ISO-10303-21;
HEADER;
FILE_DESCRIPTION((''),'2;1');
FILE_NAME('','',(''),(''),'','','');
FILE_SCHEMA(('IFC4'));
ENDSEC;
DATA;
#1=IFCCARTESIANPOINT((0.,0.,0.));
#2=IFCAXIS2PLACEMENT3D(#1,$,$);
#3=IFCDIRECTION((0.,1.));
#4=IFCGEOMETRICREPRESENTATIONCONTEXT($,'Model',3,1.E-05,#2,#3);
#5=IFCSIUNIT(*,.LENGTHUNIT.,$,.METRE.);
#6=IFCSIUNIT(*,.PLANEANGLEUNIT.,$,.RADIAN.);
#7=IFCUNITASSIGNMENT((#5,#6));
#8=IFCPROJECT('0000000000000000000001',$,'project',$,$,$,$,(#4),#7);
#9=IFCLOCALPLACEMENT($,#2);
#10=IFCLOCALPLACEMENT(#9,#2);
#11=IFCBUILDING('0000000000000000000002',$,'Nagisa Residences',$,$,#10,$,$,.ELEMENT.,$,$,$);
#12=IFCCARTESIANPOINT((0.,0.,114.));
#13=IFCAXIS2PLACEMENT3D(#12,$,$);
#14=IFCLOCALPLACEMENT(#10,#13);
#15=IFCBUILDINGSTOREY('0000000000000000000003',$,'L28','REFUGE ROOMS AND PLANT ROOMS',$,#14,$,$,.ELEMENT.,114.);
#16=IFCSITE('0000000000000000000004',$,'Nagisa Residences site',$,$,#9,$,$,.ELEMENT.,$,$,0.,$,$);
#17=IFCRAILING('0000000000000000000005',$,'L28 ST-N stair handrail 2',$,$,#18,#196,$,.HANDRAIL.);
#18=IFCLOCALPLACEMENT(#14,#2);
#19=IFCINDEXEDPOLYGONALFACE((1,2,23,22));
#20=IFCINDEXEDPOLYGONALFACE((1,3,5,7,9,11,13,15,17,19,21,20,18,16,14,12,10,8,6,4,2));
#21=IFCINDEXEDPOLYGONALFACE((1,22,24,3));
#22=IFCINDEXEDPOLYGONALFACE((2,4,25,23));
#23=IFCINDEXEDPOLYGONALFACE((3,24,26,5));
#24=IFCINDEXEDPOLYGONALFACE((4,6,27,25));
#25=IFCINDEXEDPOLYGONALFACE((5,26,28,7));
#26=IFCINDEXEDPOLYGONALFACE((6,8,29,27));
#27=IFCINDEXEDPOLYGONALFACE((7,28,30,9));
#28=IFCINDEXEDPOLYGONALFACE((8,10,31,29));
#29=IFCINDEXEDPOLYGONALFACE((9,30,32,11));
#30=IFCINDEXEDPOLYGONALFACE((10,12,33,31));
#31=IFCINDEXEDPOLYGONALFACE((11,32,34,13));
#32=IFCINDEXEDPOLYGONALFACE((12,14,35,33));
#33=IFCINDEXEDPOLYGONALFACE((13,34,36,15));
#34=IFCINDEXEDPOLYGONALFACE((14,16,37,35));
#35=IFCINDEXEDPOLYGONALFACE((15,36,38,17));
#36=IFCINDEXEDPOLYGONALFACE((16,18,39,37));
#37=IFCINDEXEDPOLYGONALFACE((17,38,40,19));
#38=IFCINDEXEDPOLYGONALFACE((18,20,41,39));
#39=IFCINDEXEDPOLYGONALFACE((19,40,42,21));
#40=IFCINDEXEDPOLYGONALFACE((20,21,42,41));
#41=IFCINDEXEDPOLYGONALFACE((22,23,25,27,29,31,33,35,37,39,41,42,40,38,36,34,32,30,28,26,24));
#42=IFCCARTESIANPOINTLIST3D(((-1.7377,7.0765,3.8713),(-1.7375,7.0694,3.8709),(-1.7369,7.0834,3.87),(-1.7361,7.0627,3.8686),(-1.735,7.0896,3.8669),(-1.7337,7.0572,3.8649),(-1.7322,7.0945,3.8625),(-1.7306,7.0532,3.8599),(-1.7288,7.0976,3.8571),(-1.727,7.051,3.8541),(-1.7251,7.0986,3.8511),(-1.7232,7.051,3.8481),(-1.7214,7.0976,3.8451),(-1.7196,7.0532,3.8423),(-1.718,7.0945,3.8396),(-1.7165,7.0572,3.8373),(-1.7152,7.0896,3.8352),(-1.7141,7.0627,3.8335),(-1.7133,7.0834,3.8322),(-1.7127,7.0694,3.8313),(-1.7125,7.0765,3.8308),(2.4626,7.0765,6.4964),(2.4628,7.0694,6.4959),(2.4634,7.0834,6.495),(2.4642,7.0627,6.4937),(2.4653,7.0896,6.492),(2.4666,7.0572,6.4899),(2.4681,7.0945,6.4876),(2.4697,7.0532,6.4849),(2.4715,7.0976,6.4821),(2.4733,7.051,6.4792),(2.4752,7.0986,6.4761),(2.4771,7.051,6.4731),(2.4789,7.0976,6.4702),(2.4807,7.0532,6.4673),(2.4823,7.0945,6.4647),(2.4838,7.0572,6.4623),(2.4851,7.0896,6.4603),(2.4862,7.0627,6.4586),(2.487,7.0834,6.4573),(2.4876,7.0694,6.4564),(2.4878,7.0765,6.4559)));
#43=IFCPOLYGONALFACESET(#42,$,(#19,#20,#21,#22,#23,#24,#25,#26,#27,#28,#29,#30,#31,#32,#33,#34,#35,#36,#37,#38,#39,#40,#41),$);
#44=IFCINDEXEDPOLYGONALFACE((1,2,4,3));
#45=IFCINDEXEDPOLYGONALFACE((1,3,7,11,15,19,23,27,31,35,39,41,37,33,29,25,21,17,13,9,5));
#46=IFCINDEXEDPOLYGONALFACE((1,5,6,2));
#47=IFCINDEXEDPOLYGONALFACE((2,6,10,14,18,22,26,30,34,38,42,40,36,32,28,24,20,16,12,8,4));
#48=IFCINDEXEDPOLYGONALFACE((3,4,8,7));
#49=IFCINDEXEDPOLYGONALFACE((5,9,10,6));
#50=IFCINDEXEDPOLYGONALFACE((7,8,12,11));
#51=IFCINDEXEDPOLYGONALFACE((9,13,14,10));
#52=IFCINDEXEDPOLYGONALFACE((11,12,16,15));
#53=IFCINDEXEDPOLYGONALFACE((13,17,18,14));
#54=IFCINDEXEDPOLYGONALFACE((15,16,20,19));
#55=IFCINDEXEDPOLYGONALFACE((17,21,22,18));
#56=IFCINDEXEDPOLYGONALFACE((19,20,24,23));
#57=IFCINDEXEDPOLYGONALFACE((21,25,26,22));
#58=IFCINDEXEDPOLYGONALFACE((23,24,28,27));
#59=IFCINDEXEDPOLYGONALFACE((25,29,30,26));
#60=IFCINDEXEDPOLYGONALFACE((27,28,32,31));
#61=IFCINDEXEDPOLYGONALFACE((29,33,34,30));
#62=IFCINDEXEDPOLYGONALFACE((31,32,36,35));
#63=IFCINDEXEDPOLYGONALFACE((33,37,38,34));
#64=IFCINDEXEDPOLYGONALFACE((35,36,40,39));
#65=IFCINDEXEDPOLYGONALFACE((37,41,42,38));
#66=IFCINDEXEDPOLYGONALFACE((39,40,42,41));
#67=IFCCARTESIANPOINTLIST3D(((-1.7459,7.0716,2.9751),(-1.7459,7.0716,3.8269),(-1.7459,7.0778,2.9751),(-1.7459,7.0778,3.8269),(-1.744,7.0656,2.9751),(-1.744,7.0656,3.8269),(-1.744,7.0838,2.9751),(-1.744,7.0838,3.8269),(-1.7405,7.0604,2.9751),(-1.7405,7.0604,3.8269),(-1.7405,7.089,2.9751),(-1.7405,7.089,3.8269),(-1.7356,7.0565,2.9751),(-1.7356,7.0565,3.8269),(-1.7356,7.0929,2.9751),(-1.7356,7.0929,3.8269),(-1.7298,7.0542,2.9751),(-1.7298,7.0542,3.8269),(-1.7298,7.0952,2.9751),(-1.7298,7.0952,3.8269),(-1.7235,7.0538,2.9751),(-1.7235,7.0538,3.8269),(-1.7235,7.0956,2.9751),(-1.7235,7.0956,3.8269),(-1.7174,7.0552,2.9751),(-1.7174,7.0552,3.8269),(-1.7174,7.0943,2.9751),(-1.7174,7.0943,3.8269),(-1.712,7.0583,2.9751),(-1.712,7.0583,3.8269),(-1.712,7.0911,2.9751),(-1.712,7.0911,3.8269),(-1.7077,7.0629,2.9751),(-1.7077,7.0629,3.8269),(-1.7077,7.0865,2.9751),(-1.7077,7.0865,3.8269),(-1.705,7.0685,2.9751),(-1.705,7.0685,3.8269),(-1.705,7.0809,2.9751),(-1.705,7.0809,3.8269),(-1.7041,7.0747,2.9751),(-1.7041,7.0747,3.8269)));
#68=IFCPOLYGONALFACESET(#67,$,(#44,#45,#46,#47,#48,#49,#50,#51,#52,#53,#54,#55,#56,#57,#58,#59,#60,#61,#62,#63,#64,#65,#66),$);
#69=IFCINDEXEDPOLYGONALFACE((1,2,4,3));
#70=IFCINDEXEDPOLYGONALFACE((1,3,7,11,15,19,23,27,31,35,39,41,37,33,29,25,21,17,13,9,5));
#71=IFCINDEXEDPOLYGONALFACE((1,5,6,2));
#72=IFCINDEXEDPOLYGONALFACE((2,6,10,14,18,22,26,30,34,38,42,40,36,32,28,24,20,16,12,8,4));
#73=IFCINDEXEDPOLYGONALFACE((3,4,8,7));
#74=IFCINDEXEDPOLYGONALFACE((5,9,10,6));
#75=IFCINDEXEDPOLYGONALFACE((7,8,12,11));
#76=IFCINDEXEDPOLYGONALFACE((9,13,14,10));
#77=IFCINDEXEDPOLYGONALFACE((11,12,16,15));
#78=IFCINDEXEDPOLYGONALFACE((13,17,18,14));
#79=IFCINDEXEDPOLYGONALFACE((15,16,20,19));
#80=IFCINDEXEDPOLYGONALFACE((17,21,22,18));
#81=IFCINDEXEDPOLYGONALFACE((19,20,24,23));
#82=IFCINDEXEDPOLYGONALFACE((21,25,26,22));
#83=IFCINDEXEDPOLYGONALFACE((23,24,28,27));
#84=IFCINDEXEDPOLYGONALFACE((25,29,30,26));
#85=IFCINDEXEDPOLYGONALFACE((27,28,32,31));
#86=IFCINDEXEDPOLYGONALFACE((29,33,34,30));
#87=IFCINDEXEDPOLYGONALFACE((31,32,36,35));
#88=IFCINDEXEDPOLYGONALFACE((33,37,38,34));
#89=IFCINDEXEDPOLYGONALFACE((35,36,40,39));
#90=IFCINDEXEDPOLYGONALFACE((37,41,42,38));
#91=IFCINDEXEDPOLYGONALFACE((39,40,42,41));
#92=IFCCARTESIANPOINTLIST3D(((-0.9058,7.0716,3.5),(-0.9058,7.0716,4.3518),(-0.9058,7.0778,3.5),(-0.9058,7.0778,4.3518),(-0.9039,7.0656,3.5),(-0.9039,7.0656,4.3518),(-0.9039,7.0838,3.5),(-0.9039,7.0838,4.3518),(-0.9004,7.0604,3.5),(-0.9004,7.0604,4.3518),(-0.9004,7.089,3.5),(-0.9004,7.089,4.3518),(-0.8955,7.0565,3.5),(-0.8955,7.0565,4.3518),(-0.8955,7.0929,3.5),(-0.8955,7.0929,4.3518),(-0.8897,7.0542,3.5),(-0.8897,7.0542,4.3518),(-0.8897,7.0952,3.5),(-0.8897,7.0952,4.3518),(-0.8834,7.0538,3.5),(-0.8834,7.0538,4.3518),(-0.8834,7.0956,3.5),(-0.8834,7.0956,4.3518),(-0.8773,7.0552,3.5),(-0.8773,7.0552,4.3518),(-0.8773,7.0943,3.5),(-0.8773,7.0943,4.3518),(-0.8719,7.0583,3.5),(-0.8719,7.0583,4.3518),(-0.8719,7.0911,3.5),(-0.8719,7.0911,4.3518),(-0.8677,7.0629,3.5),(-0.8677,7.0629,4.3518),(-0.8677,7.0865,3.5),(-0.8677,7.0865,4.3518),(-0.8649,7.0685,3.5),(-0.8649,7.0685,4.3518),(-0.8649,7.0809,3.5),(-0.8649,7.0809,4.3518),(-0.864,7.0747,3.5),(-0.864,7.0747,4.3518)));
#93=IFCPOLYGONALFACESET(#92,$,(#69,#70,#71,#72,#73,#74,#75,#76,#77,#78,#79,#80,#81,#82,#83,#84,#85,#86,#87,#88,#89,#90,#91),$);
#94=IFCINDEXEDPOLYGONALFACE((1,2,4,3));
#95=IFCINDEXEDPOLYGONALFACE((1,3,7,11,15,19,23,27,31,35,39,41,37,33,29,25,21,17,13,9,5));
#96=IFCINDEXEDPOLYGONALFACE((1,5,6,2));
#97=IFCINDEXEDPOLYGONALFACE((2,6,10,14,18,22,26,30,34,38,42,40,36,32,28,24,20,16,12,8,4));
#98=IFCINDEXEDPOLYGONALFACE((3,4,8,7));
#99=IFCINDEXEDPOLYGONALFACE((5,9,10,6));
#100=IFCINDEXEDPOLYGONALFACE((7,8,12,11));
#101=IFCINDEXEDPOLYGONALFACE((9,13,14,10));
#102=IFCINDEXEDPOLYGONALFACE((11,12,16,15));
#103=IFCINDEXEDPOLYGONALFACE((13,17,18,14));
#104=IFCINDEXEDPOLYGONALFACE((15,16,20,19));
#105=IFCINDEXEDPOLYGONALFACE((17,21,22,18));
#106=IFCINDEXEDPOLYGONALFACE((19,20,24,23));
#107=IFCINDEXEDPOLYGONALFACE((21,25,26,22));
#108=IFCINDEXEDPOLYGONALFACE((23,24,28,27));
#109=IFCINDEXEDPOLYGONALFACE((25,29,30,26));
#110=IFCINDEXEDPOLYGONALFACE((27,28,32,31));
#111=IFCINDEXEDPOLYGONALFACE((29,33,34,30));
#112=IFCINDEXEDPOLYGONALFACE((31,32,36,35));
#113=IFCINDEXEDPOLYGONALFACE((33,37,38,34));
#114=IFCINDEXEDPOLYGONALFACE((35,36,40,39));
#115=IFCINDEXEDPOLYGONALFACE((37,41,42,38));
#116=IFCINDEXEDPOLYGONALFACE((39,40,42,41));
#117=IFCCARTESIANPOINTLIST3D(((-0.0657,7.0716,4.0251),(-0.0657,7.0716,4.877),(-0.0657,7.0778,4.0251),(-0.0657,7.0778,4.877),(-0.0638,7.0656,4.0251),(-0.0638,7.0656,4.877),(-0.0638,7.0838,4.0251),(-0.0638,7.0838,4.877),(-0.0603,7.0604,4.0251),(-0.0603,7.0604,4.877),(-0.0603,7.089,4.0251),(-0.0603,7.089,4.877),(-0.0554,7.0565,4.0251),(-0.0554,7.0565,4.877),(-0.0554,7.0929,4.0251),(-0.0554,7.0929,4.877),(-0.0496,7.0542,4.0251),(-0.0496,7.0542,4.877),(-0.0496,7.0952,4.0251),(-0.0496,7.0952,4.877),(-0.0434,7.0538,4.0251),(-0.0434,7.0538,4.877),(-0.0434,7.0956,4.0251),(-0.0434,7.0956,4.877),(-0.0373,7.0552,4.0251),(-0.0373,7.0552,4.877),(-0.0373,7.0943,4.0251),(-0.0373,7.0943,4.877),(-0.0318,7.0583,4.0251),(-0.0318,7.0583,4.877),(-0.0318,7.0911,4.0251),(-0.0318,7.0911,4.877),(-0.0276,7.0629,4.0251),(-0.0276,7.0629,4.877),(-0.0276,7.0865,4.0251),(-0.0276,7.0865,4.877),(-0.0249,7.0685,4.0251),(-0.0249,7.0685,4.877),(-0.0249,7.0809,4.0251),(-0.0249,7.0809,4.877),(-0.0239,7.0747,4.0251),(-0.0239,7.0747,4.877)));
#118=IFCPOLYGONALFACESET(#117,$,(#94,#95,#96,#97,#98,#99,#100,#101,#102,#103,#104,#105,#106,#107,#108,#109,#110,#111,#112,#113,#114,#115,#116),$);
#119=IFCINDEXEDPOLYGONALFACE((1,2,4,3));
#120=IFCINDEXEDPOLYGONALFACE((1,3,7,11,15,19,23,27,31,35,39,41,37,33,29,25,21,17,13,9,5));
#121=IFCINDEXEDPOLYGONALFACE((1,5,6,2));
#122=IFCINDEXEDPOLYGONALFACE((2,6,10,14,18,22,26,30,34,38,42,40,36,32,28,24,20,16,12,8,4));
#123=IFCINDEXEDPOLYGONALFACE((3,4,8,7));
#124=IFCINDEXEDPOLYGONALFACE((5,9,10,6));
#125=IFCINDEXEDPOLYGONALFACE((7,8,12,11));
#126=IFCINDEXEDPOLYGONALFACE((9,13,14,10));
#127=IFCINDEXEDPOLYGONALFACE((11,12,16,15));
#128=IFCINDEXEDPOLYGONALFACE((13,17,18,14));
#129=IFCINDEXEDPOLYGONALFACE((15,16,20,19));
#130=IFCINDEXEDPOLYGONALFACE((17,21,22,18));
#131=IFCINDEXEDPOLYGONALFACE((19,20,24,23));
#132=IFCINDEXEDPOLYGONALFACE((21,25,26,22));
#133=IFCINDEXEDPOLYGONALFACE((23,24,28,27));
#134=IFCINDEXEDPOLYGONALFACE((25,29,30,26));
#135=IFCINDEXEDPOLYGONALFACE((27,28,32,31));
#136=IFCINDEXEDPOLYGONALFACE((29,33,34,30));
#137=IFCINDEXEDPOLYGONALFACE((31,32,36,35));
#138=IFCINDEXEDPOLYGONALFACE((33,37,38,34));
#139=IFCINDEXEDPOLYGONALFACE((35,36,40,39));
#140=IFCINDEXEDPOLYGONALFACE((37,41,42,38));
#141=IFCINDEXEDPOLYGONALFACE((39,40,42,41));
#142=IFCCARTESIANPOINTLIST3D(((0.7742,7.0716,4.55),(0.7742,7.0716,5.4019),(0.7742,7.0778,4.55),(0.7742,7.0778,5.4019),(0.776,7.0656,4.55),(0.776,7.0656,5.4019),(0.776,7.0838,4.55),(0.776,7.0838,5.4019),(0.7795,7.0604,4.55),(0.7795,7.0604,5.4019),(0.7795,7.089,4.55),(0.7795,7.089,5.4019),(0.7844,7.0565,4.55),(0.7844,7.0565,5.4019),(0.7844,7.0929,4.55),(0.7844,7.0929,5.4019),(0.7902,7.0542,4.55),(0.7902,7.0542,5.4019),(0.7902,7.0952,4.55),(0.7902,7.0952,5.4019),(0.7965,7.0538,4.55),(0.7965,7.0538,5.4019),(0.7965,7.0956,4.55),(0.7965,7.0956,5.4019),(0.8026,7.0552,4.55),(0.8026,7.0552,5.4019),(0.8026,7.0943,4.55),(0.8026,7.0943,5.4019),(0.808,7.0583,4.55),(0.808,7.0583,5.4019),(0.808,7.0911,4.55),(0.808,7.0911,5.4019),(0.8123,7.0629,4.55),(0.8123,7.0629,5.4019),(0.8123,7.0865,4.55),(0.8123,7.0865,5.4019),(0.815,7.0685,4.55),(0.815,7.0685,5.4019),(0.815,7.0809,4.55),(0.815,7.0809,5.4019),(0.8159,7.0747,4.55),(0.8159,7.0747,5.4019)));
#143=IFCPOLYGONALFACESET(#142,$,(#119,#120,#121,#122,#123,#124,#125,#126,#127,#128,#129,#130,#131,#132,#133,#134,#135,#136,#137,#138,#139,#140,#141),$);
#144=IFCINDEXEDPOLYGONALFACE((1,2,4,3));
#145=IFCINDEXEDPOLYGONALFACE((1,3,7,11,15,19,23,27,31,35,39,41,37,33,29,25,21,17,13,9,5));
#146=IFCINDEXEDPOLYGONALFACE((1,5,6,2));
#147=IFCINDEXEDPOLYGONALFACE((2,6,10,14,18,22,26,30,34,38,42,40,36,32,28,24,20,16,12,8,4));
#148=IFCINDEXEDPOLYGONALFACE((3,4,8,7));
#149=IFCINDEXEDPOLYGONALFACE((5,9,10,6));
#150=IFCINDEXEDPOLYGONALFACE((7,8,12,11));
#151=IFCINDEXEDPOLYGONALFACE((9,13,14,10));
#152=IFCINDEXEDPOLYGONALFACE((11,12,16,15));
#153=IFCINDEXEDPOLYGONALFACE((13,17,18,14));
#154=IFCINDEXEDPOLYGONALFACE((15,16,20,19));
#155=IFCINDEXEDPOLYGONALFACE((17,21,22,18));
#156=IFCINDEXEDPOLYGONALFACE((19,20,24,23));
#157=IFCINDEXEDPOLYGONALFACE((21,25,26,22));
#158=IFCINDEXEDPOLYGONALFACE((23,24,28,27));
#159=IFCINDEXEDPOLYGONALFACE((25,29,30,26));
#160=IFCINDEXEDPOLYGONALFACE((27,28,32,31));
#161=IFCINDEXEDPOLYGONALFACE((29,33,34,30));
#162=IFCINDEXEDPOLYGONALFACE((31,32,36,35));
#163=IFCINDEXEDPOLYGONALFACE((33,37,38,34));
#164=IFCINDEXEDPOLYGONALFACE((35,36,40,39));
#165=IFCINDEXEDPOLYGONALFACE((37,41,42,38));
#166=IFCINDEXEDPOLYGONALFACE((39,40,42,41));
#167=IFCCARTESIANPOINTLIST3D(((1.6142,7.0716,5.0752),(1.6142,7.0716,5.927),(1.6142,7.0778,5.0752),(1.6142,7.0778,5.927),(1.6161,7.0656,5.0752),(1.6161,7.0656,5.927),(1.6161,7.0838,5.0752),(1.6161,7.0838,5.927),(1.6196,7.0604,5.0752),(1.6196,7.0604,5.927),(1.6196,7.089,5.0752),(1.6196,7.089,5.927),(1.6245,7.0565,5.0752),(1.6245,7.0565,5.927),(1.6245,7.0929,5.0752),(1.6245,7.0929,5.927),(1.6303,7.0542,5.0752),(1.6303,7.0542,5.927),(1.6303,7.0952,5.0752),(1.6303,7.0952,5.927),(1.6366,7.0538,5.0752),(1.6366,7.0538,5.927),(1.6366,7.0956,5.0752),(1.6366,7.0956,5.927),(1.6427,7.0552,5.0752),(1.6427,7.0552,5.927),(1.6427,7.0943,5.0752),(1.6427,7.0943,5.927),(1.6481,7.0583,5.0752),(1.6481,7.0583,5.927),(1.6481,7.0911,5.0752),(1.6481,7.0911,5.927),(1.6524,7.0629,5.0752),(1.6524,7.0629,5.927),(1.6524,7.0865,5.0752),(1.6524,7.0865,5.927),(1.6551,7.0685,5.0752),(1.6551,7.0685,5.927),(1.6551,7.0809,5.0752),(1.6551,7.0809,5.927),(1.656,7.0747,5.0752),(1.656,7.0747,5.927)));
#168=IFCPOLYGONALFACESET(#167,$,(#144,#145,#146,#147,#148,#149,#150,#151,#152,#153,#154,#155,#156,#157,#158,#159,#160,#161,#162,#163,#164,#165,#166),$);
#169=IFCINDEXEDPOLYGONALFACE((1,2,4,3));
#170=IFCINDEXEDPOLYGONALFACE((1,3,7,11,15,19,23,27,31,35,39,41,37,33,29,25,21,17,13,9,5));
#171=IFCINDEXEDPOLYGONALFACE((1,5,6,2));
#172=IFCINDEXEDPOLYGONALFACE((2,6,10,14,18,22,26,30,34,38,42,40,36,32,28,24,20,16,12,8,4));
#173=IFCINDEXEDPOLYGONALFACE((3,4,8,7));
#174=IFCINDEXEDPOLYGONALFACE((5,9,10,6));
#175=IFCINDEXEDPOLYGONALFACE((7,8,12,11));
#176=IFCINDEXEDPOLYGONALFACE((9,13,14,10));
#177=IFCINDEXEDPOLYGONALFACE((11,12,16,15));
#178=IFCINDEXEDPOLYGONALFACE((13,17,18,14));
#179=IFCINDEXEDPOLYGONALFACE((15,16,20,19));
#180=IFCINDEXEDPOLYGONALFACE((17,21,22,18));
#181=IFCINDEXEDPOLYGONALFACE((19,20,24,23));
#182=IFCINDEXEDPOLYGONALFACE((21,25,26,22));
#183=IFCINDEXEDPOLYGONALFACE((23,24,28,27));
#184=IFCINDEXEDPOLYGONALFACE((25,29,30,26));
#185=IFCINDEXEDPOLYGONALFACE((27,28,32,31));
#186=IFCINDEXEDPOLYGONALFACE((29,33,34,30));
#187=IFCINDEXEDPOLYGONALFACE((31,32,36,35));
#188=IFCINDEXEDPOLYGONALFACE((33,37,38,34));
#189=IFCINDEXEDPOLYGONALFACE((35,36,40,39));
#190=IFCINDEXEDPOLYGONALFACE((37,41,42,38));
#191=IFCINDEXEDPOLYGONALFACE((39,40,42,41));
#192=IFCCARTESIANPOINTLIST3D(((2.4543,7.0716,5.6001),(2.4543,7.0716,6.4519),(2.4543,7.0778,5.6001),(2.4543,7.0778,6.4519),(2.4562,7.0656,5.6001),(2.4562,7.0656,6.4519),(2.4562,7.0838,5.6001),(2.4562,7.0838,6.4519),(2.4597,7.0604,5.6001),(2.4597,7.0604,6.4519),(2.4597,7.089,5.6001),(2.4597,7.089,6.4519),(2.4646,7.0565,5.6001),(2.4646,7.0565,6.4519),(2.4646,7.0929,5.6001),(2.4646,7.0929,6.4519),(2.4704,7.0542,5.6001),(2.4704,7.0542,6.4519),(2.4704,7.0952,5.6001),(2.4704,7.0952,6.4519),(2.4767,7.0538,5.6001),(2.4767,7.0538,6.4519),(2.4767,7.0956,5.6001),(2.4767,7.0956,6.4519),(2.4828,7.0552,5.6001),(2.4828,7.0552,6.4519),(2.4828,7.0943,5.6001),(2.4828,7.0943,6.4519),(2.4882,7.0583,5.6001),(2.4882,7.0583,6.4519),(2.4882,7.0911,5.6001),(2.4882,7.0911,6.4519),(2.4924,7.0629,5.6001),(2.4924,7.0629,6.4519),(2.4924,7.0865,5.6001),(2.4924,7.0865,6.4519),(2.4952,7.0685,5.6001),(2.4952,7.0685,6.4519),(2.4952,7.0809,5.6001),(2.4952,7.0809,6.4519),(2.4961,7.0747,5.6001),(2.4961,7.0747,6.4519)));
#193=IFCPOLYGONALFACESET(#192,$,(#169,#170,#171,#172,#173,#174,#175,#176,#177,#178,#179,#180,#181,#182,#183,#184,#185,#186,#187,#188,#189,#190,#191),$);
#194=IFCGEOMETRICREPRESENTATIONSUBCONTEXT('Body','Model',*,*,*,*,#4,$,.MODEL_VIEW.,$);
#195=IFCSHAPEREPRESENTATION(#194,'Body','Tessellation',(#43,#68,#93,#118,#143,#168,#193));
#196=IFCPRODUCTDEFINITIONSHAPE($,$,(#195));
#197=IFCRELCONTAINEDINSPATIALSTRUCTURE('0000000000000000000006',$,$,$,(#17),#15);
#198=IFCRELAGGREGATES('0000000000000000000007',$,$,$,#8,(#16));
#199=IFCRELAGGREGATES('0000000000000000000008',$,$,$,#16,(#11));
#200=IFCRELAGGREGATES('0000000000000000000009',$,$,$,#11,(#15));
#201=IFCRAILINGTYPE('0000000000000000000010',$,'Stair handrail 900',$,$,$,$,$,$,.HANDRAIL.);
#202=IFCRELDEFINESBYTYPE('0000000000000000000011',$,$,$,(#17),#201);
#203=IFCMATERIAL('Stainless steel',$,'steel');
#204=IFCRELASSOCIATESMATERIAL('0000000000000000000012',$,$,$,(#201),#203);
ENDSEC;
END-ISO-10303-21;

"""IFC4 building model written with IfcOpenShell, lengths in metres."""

from ifc_helpers import new_model, si_unit, direction, frame, origin, origin_2d, place, context, subcontext, project, spatial, circle, extrude, material, type_object, element, save


model = new_model("IFC4")

# Units and contexts
model_context = context("Model", 3, precision=1e-05, world=origin(), true_north=direction((0.0, 1.0)))
body_context = subcontext(model_context, "Body", "Model", "MODEL_VIEW")
ifc_project = project(units=[si_unit("LENGTHUNIT", "METRE"), si_unit("PLANEANGLEUNIT", "RADIAN")], contexts=[model_context])

# Site, building, storey
site_placement = place(None, origin())
site = spatial("IfcSite", under=ifc_project, at=site_placement, Name="Nagisa Residences site", CompositionType="ELEMENT", RefElevation=0.0)
building_placement = place(site_placement, origin())
building = spatial("IfcBuilding", under=site, at=building_placement, Name="Nagisa Residences", CompositionType="ELEMENT")
storey_placement = place(building_placement, frame((0.0, 0.0, 114.0)))
storey = spatial("IfcBuildingStorey", under=building, at=storey_placement, Name="L28", Description="REFUGE ROOMS AND PLANT ROOMS", CompositionType="ELEMENT", Elevation=114.0)

# Railing
ifc_material_1 = material(Name="Stainless steel", Category="steel")
railing_type = type_object("IfcRailingType", Name="Stair handrail 900", PredefinedType="HANDRAIL", material=ifc_material_1)
railing_placement = place(storey_placement, frame((-1.7251, 7.0747, 2.9751)))
element("IfcRailing", 1, at=railing_placement, inside=storey, type_object=railing_type, Name="L28 ST-N stair handrail 2", PredefinedType="HANDRAIL", context=body_context, shape_type="SweptSolid", body=[
    extrude(circle(Radius=0.0239, at=origin_2d()), frame((0.0, 0.0, 0.876), z_axis=(0.848009, 0.0, 0.529981), x_axis=(0.0, 1.0, 0.0)), (0.0, 0.0, 1.0), 4.9531),
    extrude(circle(Radius=0.021, at=origin_2d()), origin(), (0.0, 0.0, 1.0), 0.8518),
    extrude(circle(Radius=0.021, at=origin_2d()), frame((0.8401, 0.0, 0.5249)), (0.0, 0.0, 1.0), 0.8518),
    extrude(circle(Radius=0.021, at=origin_2d()), frame((1.6802, 0.0, 1.05)), (0.0, 0.0, 1.0), 0.8518),
    extrude(circle(Radius=0.021, at=origin_2d()), frame((2.52, 0.0, 1.575)), (0.0, 0.0, 1.0), 0.8518),
    extrude(circle(Radius=0.021, at=origin_2d()), frame((3.3601, 0.0, 2.1001)), (0.0, 0.0, 1.0), 0.8518),
    extrude(circle(Radius=0.021, at=origin_2d()), frame((4.2002, 0.0, 2.625)), (0.0, 0.0, 1.0), 0.8518),
])

save(model, "model.ifc")
